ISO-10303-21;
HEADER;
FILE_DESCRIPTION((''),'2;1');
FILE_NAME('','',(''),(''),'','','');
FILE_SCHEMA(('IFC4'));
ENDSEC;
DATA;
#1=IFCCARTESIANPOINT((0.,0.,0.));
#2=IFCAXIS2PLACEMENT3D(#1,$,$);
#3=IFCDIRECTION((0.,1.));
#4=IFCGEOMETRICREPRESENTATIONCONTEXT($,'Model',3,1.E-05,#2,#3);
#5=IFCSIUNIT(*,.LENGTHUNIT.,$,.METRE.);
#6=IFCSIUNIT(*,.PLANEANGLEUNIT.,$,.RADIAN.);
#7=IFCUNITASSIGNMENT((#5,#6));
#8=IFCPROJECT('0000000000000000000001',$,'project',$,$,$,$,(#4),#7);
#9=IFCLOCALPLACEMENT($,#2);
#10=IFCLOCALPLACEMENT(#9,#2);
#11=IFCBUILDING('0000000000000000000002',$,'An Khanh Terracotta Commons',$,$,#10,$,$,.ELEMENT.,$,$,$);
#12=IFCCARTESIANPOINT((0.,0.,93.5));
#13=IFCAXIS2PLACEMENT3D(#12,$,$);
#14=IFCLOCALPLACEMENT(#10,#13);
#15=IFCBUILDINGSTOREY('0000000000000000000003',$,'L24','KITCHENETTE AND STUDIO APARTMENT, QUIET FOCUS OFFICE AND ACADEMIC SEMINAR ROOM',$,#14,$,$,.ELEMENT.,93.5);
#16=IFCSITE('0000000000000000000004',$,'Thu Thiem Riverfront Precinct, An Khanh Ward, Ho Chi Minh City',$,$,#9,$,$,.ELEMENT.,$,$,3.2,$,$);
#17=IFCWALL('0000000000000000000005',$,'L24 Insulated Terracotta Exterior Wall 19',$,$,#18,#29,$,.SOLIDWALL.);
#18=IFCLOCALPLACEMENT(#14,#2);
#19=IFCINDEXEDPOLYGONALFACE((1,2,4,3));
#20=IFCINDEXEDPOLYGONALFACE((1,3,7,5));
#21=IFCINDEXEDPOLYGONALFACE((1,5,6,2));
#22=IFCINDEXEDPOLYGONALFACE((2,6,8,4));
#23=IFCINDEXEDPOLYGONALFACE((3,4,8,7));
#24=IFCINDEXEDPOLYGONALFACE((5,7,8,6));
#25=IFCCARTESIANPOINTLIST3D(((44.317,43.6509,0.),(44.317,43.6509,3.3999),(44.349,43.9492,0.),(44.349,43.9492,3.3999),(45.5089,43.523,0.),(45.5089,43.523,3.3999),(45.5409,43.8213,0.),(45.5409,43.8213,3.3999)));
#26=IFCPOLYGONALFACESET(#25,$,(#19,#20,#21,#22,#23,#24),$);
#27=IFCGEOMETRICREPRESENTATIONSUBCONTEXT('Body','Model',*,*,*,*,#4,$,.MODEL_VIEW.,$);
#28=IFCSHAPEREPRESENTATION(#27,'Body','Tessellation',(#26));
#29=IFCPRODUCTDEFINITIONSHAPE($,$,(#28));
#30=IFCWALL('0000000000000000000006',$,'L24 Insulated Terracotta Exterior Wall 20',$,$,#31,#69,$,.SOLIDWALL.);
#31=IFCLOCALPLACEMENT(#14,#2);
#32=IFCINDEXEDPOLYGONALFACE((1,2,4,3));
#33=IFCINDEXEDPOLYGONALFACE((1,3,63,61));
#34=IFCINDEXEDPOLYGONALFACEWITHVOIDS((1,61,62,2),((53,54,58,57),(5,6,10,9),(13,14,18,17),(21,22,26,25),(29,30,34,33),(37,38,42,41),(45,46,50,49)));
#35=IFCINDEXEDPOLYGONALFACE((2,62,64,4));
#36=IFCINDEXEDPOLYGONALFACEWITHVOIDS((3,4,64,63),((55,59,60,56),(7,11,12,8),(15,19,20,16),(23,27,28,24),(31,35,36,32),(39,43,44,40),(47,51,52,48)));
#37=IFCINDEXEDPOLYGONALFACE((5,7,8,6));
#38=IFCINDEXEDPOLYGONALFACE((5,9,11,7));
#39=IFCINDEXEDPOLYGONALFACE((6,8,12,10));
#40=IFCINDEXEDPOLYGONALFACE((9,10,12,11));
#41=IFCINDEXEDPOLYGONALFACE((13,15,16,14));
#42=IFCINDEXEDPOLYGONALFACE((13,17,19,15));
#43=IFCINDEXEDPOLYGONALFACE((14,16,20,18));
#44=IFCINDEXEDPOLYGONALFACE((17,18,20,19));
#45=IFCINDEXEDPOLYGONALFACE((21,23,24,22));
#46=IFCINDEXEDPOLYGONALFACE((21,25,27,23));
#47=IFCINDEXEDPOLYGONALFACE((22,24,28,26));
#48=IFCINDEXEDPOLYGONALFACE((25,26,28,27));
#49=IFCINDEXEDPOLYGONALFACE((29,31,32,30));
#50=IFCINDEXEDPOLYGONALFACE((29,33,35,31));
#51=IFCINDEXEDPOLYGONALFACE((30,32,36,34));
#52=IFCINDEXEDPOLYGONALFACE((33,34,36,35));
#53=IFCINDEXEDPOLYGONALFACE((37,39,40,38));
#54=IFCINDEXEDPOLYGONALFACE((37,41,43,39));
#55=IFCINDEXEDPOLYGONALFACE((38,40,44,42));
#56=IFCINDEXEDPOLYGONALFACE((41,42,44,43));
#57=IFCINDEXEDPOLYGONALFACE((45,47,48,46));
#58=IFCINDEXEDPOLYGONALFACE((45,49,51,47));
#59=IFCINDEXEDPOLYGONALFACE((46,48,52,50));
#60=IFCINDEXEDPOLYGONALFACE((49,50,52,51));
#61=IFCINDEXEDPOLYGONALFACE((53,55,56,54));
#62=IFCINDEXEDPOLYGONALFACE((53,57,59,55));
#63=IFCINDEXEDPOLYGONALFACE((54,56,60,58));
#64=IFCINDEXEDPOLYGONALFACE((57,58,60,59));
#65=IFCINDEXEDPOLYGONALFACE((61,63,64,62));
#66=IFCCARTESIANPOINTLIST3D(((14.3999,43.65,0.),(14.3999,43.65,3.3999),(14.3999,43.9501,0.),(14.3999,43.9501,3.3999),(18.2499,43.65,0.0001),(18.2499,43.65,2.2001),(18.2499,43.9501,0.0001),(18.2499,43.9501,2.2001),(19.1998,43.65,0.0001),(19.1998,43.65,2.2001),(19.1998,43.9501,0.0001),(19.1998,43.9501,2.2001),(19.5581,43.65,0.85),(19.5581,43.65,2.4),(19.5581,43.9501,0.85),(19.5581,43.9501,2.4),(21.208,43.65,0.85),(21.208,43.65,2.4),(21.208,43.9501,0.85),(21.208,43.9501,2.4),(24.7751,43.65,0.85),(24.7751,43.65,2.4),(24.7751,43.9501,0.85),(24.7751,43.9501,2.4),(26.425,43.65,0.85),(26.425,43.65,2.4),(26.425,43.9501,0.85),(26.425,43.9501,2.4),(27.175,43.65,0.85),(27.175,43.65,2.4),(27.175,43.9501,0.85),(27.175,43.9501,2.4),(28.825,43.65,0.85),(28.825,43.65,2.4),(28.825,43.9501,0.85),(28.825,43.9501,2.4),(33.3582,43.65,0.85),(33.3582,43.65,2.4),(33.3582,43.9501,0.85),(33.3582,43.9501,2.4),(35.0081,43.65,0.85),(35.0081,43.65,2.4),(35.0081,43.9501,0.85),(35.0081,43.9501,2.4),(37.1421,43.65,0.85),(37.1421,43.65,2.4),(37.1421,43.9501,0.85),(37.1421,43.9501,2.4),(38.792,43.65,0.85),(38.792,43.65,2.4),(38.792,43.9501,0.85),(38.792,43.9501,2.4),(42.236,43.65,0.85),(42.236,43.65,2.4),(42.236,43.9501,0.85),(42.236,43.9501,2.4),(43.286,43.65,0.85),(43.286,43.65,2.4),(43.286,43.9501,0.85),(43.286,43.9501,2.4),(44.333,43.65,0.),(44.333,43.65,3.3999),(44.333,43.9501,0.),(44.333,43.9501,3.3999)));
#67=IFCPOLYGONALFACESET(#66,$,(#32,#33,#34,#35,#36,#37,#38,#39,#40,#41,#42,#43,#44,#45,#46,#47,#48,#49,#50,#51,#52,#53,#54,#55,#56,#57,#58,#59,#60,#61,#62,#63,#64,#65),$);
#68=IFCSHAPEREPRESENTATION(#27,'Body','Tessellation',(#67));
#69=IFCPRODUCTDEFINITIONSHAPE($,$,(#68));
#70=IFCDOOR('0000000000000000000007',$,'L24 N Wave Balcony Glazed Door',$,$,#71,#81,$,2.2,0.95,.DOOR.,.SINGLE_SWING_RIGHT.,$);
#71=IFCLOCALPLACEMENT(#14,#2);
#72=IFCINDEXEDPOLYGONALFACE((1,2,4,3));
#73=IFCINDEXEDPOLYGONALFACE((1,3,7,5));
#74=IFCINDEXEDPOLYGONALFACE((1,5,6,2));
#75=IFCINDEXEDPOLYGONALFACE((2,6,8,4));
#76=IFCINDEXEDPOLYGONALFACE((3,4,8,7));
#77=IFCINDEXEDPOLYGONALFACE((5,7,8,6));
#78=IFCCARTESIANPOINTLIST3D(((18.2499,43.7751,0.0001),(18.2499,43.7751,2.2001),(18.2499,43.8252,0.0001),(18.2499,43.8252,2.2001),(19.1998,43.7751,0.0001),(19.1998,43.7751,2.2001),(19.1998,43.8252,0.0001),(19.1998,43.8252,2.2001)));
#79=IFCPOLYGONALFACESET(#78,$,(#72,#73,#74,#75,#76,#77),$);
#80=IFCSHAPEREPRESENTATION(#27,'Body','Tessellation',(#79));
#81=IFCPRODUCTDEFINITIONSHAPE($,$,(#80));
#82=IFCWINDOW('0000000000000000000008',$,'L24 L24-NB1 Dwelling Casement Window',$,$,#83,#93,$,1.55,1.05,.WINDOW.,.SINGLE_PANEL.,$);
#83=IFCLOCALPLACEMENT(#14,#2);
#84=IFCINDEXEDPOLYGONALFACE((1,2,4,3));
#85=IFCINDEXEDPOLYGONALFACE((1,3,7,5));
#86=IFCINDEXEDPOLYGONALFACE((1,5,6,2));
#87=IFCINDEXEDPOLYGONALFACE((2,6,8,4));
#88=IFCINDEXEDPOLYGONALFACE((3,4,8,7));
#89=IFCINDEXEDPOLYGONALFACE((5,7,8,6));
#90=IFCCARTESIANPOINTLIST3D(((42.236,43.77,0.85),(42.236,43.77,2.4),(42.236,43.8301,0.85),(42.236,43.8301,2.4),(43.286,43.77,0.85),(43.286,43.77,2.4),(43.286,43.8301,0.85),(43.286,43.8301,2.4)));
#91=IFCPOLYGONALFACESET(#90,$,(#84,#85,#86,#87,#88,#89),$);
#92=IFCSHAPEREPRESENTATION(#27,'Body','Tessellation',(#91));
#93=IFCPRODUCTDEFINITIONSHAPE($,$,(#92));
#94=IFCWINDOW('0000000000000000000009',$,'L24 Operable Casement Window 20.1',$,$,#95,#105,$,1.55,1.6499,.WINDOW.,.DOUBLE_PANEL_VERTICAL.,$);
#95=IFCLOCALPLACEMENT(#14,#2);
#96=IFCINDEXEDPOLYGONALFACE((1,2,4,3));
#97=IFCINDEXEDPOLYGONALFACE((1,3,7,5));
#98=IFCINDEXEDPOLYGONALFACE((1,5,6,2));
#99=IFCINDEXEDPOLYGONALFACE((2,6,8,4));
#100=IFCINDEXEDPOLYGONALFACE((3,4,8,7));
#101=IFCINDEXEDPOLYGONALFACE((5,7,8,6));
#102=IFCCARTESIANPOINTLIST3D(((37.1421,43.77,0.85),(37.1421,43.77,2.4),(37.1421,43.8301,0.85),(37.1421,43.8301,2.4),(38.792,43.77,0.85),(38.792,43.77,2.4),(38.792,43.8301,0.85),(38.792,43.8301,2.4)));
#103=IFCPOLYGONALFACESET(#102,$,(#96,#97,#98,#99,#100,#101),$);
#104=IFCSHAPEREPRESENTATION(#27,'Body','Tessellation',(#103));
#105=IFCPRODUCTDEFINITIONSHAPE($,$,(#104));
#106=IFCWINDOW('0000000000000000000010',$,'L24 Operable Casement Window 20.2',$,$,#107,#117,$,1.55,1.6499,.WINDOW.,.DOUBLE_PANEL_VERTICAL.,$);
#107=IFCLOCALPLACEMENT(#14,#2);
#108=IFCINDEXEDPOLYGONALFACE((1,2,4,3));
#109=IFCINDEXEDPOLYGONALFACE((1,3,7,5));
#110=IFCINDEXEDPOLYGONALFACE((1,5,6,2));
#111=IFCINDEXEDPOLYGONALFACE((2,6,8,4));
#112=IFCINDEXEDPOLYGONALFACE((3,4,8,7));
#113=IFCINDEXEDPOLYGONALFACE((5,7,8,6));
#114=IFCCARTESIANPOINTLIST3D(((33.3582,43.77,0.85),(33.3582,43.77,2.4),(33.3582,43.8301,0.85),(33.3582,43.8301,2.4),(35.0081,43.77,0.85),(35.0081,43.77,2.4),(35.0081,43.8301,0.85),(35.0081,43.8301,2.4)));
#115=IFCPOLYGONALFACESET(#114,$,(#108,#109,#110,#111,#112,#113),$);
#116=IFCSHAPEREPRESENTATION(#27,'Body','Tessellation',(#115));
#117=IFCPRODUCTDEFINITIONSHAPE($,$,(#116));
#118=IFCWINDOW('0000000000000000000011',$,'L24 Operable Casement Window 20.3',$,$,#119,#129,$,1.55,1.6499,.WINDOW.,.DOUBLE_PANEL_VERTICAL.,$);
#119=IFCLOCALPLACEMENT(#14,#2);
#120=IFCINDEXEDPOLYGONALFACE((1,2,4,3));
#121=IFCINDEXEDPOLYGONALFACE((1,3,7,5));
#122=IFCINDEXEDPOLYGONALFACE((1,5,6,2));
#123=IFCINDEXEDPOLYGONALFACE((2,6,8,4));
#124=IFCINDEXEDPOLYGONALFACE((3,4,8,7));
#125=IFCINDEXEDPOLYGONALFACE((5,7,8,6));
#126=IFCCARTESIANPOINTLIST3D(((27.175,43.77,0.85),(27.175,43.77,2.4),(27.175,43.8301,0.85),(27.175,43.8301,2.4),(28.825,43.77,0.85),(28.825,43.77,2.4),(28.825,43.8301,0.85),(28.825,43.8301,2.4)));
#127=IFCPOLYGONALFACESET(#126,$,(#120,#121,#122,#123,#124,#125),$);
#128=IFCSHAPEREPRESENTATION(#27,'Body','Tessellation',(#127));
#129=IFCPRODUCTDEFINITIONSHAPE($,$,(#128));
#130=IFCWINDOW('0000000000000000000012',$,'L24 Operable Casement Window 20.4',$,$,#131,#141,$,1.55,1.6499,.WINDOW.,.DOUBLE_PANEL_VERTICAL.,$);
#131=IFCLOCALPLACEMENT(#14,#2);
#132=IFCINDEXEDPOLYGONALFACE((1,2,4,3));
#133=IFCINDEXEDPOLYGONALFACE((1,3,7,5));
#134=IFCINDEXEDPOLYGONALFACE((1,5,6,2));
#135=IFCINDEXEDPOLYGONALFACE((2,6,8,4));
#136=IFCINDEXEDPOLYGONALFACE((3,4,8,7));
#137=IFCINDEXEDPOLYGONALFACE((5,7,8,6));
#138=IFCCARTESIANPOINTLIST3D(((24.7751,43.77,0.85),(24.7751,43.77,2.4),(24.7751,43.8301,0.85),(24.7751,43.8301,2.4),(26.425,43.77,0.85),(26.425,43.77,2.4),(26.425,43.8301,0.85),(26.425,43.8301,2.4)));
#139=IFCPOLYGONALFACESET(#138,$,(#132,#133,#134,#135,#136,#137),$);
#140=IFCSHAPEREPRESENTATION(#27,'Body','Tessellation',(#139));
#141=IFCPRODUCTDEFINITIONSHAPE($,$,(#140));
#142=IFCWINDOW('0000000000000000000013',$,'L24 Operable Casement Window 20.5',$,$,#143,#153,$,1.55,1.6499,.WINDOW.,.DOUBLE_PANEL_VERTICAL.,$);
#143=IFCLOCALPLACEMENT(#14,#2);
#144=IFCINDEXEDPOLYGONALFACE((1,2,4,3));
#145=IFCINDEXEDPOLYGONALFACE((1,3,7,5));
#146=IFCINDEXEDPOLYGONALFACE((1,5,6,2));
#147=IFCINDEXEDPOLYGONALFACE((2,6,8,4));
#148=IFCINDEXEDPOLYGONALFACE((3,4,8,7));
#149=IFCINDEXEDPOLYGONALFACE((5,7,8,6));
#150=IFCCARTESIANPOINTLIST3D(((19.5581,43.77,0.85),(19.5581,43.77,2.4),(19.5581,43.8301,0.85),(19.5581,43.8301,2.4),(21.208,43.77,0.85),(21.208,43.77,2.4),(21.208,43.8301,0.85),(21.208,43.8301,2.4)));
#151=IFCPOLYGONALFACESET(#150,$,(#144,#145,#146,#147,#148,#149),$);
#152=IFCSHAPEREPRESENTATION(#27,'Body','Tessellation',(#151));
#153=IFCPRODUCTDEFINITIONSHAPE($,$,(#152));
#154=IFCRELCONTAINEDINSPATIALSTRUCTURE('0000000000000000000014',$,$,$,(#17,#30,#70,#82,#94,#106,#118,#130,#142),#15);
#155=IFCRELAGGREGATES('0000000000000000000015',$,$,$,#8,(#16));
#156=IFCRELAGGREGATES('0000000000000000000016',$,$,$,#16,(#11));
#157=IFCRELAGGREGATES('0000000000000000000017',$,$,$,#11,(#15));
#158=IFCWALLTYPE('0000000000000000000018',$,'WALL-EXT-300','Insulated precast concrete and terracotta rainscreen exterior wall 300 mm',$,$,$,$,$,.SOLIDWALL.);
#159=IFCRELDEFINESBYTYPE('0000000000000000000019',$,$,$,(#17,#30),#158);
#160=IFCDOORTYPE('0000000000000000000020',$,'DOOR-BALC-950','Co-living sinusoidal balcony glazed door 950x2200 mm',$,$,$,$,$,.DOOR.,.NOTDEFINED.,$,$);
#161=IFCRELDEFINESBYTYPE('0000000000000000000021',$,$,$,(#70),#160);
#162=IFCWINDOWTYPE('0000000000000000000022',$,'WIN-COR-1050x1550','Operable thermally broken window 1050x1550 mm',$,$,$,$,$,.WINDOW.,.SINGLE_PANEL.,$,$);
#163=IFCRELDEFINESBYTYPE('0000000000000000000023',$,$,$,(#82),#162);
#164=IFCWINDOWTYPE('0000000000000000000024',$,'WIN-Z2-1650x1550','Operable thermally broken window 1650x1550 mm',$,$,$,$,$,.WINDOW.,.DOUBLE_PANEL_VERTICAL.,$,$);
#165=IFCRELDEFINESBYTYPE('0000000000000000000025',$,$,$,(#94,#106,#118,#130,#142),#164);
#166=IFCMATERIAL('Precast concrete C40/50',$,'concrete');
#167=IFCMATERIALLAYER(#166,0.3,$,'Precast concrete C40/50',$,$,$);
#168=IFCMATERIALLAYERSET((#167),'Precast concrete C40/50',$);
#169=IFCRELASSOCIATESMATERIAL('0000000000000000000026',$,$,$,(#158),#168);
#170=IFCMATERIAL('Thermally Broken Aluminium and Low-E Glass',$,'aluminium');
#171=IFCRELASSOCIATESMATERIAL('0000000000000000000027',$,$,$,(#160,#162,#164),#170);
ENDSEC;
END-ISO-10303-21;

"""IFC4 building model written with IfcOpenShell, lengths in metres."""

from ifc_helpers import new_model, si_unit, direction, frame, frame_2d, origin, place, context, subcontext, project, spatial, rectangle, extrude, material, layer, layer_set, type_object, element, fill, save


model = new_model("IFC4")

# Units and contexts
model_context = context("Model", 3, precision=1e-05, world=origin(), true_north=direction((0.0, 1.0)))
body_context = subcontext(model_context, "Body", "Model", "MODEL_VIEW")
ifc_project = project(units=[si_unit("LENGTHUNIT", "METRE"), si_unit("PLANEANGLEUNIT", "RADIAN")], contexts=[model_context])

# Site, building, storey
site_placement = place(None, origin())
site = spatial("IfcSite", under=ifc_project, at=site_placement, Name="Thu Thiem Riverfront Precinct, An Khanh Ward, Ho Chi Minh City", CompositionType="ELEMENT", RefElevation=3.2)
building_placement = place(site_placement, origin())
building = spatial("IfcBuilding", under=site, at=building_placement, Name="An Khanh Terracotta Commons", CompositionType="ELEMENT")
storey_placement = place(building_placement, frame((0.0, 0.0, 93.5)))
storey = spatial("IfcBuildingStorey", under=building, at=storey_placement, Name="L24", Description="KITCHENETTE AND STUDIO APARTMENT, QUIET FOCUS OFFICE AND ACADEMIC SEMINAR ROOM", CompositionType="ELEMENT", Elevation=93.5)

# Wall
ifc_material_1 = material(Name="Precast concrete C40/50", Category="concrete")
ifc_layer_1 = layer(ifc_material_1, 0.3, Name="Precast concrete C40/50")
ifc_layer_set_1 = layer_set([ifc_layer_1], Name="Precast concrete C40/50")
wall_type_1 = type_object("IfcWallType", Name="WALL-EXT-300", Description="Insulated precast concrete and terracotta rainscreen exterior wall 300 mm", PredefinedType="SOLIDWALL", material=ifc_layer_set_1)
wall_1_placement = place(storey_placement, frame((45.5249, 43.6721, 0.0), z_axis=(0.0, 0.0, 1.0), x_axis=(-0.994289, 0.10672, 0.0)))
element("IfcWall", 1, at=wall_1_placement, inside=storey, type_object=wall_type_1, Name="L24 Insulated Terracotta Exterior Wall 19", PredefinedType="SOLIDWALL", context=body_context, shape_type="SweptSolid", body=[
    extrude(rectangle(XDim=1.1987, YDim=0.3, at=frame_2d((0.5994, 0.0))), origin(), (0.0, 0.0, 1.0), 3.3999),
])

# Wall, openings, door, windows
wall_2_placement = place(storey_placement, frame((44.333, 43.8, 0.0), z_axis=(0.0, 0.0, 1.0), x_axis=(-1.0, 0.0, 0.0)))
wall_2 = element("IfcWall", 2, at=wall_2_placement, inside=storey, type_object=wall_type_1, Name="L24 Insulated Terracotta Exterior Wall 20", PredefinedType="SOLIDWALL", context=body_context, shape_type="SweptSolid", body=[
    extrude(rectangle(XDim=29.9331, YDim=0.3, at=frame_2d((14.9666, 0.0))), origin(), (0.0, 0.0, 1.0), 3.3999),
])
opening_1_placement = place(wall_2_placement, frame((25.1331, 0.0, 0.0)))
opening_1 = element("IfcOpeningElement", 3, at=opening_1_placement, cuts=wall_2, PredefinedType="OPENING", context=body_context, shape_type="SweptSolid", body=[
    extrude(rectangle(XDim=0.95, YDim=2.2, at=frame_2d((0.4751, 1.1001))), frame((0.0, 0.1599, 0.0), z_axis=(0.0, -1.0, 0.0), x_axis=(1.0, 0.0, 0.0)), (0.0, 0.0, 1.0), 0.3201),
])
opening_2_placement = place(wall_2_placement, frame((5.541, 0.0, 0.8501)))
opening_2 = element("IfcOpeningElement", 4, at=opening_2_placement, cuts=wall_2, PredefinedType="OPENING", context=body_context, shape_type="SweptSolid", body=[
    extrude(rectangle(XDim=1.6499, YDim=1.55, at=frame_2d((0.825, 0.7749))), frame((0.0, 0.1599, 0.0), z_axis=(0.0, -1.0, 0.0), x_axis=(1.0, 0.0, 0.0)), (0.0, 0.0, 1.0), 0.3201),
])
opening_3_placement = place(wall_2_placement, frame((9.325, 0.0, 0.8501)))
opening_3 = element("IfcOpeningElement", 5, at=opening_3_placement, cuts=wall_2, PredefinedType="OPENING", context=body_context, shape_type="SweptSolid", body=[
    extrude(rectangle(XDim=1.6499, YDim=1.55, at=frame_2d((0.825, 0.7749))), frame((0.0, 0.1599, 0.0), z_axis=(0.0, -1.0, 0.0), x_axis=(1.0, 0.0, 0.0)), (0.0, 0.0, 1.0), 0.3201),
])
opening_4_placement = place(wall_2_placement, frame((15.5081, 0.0, 0.8501)))
opening_4 = element("IfcOpeningElement", 6, at=opening_4_placement, cuts=wall_2, PredefinedType="OPENING", context=body_context, shape_type="SweptSolid", body=[
    extrude(rectangle(XDim=1.6499, YDim=1.55, at=frame_2d((0.825, 0.7749))), frame((0.0, 0.1599, 0.0), z_axis=(0.0, -1.0, 0.0), x_axis=(1.0, 0.0, 0.0)), (0.0, 0.0, 1.0), 0.3201),
])
opening_5_placement = place(wall_2_placement, frame((17.908, 0.0, 0.8501)))
opening_5 = element("IfcOpeningElement", 7, at=opening_5_placement, cuts=wall_2, PredefinedType="OPENING", context=body_context, shape_type="SweptSolid", body=[
    extrude(rectangle(XDim=1.6499, YDim=1.55, at=frame_2d((0.825, 0.7749))), frame((0.0, 0.1599, 0.0), z_axis=(0.0, -1.0, 0.0), x_axis=(1.0, 0.0, 0.0)), (0.0, 0.0, 1.0), 0.3201),
])
opening_6_placement = place(wall_2_placement, frame((23.125, 0.0, 0.8501)))
opening_6 = element("IfcOpeningElement", 8, at=opening_6_placement, cuts=wall_2, PredefinedType="OPENING", context=body_context, shape_type="SweptSolid", body=[
    extrude(rectangle(XDim=1.6499, YDim=1.55, at=frame_2d((0.825, 0.7749))), frame((0.0, 0.1599, 0.0), z_axis=(0.0, -1.0, 0.0), x_axis=(1.0, 0.0, 0.0)), (0.0, 0.0, 1.0), 0.3201),
])
opening_7_placement = place(wall_2_placement, frame((1.0471, 0.0, 0.8501)))
opening_7 = element("IfcOpeningElement", 9, at=opening_7_placement, cuts=wall_2, PredefinedType="OPENING", context=body_context, shape_type="SweptSolid", body=[
    extrude(rectangle(XDim=1.05, YDim=1.55, at=frame_2d((0.5249, 0.7749))), frame((0.0, 0.1599, 0.0), z_axis=(0.0, -1.0, 0.0), x_axis=(1.0, 0.0, 0.0)), (0.0, 0.0, 1.0), 0.3201),
])
ifc_material_2 = material(Name="Thermally Broken Aluminium and Low-E Glass", Category="aluminium")
door_type = type_object("IfcDoorType", Name="DOOR-BALC-950", Description="Co-living sinusoidal balcony glazed door 950x2200 mm", OperationType="NOTDEFINED", PredefinedType="DOOR", material=ifc_material_2)
door_placement = place(opening_1_placement, origin())
door = element("IfcDoor", 10, at=door_placement, inside=storey, type_object=door_type, Name="L24 N Wave Balcony Glazed Door", OperationType="SINGLE_SWING_RIGHT", OverallHeight=2.2, OverallWidth=0.95, PredefinedType="DOOR", context=body_context, shape_type="SweptSolid", body=[
    extrude(rectangle(XDim=0.95, YDim=2.2, at=frame_2d((0.4751, 1.1001))), frame((0.0, 0.0249, 0.0), z_axis=(0.0, -1.0, 0.0), x_axis=(1.0, 0.0, 0.0)), (0.0, 0.0, 1.0), 0.05),
])
fill(opening_1, door)
window_type_1 = type_object("IfcWindowType", Name="WIN-COR-1050x1550", Description="Operable thermally broken window 1050x1550 mm", PartitioningType="SINGLE_PANEL", PredefinedType="WINDOW", material=ifc_material_2)
window_1_placement = place(opening_7_placement, origin())
window_1 = element("IfcWindow", 11, at=window_1_placement, inside=storey, type_object=window_type_1, Name="L24 L24-NB1 Dwelling Casement Window", OverallHeight=1.55, OverallWidth=1.05, PartitioningType="SINGLE_PANEL", PredefinedType="WINDOW", context=body_context, shape_type="SweptSolid", body=[
    extrude(rectangle(XDim=1.05, YDim=1.55, at=frame_2d((0.5249, 0.7749))), frame((0.0, 0.03, 0.0), z_axis=(0.0, -1.0, 0.0), x_axis=(1.0, 0.0, 0.0)), (0.0, 0.0, 1.0), 0.0601),
])
fill(opening_7, window_1)
window_type_2 = type_object("IfcWindowType", Name="WIN-Z2-1650x1550", Description="Operable thermally broken window 1650x1550 mm", PartitioningType="DOUBLE_PANEL_VERTICAL", PredefinedType="WINDOW", material=ifc_material_2)
window_2_placement = place(opening_2_placement, origin())
window_2 = element("IfcWindow", 12, at=window_2_placement, inside=storey, type_object=window_type_2, Name="L24 Operable Casement Window 20.1", OverallHeight=1.55, OverallWidth=1.6499, PartitioningType="DOUBLE_PANEL_VERTICAL", PredefinedType="WINDOW", context=body_context, shape_type="SweptSolid", body=[
    extrude(rectangle(XDim=1.6499, YDim=1.55, at=frame_2d((0.825, 0.7749))), frame((0.0, 0.03, 0.0), z_axis=(0.0, -1.0, 0.0), x_axis=(1.0, 0.0, 0.0)), (0.0, 0.0, 1.0), 0.0601),
])
fill(opening_2, window_2)
window_3_placement = place(opening_3_placement, origin())
window_3 = element("IfcWindow", 13, at=window_3_placement, inside=storey, type_object=window_type_2, Name="L24 Operable Casement Window 20.2", OverallHeight=1.55, OverallWidth=1.6499, PartitioningType="DOUBLE_PANEL_VERTICAL", PredefinedType="WINDOW", context=body_context, shape_type="SweptSolid", body=[
    extrude(rectangle(XDim=1.6499, YDim=1.55, at=frame_2d((0.825, 0.7749))), frame((0.0, 0.03, 0.0), z_axis=(0.0, -1.0, 0.0), x_axis=(1.0, 0.0, 0.0)), (0.0, 0.0, 1.0), 0.0601),
])
fill(opening_3, window_3)
window_4_placement = place(opening_4_placement, origin())
window_4 = element("IfcWindow", 14, at=window_4_placement, inside=storey, type_object=window_type_2, Name="L24 Operable Casement Window 20.3", OverallHeight=1.55, OverallWidth=1.6499, PartitioningType="DOUBLE_PANEL_VERTICAL", PredefinedType="WINDOW", context=body_context, shape_type="SweptSolid", body=[
    extrude(rectangle(XDim=1.6499, YDim=1.55, at=frame_2d((0.825, 0.7749))), frame((0.0, 0.03, 0.0), z_axis=(0.0, -1.0, 0.0), x_axis=(1.0, 0.0, 0.0)), (0.0, 0.0, 1.0), 0.0601),
])
fill(opening_4, window_4)
window_5_placement = place(opening_5_placement, origin())
window_5 = element("IfcWindow", 15, at=window_5_placement, inside=storey, type_object=window_type_2, Name="L24 Operable Casement Window 20.4", OverallHeight=1.55, OverallWidth=1.6499, PartitioningType="DOUBLE_PANEL_VERTICAL", PredefinedType="WINDOW", context=body_context, shape_type="SweptSolid", body=[
    extrude(rectangle(XDim=1.6499, YDim=1.55, at=frame_2d((0.825, 0.7749))), frame((0.0, 0.03, 0.0), z_axis=(0.0, -1.0, 0.0), x_axis=(1.0, 0.0, 0.0)), (0.0, 0.0, 1.0), 0.0601),
])
fill(opening_5, window_5)
window_6_placement = place(opening_6_placement, origin())
window_6 = element("IfcWindow", 16, at=window_6_placement, inside=storey, type_object=window_type_2, Name="L24 Operable Casement Window 20.5", OverallHeight=1.55, OverallWidth=1.6499, PartitioningType="DOUBLE_PANEL_VERTICAL", PredefinedType="WINDOW", context=body_context, shape_type="SweptSolid", body=[
    extrude(rectangle(XDim=1.6499, YDim=1.55, at=frame_2d((0.825, 0.7749))), frame((0.0, 0.03, 0.0), z_axis=(0.0, -1.0, 0.0), x_axis=(1.0, 0.0, 0.0)), (0.0, 0.0, 1.0), 0.0601),
])
fill(opening_6, window_6)

save(model, "model.ifc")
